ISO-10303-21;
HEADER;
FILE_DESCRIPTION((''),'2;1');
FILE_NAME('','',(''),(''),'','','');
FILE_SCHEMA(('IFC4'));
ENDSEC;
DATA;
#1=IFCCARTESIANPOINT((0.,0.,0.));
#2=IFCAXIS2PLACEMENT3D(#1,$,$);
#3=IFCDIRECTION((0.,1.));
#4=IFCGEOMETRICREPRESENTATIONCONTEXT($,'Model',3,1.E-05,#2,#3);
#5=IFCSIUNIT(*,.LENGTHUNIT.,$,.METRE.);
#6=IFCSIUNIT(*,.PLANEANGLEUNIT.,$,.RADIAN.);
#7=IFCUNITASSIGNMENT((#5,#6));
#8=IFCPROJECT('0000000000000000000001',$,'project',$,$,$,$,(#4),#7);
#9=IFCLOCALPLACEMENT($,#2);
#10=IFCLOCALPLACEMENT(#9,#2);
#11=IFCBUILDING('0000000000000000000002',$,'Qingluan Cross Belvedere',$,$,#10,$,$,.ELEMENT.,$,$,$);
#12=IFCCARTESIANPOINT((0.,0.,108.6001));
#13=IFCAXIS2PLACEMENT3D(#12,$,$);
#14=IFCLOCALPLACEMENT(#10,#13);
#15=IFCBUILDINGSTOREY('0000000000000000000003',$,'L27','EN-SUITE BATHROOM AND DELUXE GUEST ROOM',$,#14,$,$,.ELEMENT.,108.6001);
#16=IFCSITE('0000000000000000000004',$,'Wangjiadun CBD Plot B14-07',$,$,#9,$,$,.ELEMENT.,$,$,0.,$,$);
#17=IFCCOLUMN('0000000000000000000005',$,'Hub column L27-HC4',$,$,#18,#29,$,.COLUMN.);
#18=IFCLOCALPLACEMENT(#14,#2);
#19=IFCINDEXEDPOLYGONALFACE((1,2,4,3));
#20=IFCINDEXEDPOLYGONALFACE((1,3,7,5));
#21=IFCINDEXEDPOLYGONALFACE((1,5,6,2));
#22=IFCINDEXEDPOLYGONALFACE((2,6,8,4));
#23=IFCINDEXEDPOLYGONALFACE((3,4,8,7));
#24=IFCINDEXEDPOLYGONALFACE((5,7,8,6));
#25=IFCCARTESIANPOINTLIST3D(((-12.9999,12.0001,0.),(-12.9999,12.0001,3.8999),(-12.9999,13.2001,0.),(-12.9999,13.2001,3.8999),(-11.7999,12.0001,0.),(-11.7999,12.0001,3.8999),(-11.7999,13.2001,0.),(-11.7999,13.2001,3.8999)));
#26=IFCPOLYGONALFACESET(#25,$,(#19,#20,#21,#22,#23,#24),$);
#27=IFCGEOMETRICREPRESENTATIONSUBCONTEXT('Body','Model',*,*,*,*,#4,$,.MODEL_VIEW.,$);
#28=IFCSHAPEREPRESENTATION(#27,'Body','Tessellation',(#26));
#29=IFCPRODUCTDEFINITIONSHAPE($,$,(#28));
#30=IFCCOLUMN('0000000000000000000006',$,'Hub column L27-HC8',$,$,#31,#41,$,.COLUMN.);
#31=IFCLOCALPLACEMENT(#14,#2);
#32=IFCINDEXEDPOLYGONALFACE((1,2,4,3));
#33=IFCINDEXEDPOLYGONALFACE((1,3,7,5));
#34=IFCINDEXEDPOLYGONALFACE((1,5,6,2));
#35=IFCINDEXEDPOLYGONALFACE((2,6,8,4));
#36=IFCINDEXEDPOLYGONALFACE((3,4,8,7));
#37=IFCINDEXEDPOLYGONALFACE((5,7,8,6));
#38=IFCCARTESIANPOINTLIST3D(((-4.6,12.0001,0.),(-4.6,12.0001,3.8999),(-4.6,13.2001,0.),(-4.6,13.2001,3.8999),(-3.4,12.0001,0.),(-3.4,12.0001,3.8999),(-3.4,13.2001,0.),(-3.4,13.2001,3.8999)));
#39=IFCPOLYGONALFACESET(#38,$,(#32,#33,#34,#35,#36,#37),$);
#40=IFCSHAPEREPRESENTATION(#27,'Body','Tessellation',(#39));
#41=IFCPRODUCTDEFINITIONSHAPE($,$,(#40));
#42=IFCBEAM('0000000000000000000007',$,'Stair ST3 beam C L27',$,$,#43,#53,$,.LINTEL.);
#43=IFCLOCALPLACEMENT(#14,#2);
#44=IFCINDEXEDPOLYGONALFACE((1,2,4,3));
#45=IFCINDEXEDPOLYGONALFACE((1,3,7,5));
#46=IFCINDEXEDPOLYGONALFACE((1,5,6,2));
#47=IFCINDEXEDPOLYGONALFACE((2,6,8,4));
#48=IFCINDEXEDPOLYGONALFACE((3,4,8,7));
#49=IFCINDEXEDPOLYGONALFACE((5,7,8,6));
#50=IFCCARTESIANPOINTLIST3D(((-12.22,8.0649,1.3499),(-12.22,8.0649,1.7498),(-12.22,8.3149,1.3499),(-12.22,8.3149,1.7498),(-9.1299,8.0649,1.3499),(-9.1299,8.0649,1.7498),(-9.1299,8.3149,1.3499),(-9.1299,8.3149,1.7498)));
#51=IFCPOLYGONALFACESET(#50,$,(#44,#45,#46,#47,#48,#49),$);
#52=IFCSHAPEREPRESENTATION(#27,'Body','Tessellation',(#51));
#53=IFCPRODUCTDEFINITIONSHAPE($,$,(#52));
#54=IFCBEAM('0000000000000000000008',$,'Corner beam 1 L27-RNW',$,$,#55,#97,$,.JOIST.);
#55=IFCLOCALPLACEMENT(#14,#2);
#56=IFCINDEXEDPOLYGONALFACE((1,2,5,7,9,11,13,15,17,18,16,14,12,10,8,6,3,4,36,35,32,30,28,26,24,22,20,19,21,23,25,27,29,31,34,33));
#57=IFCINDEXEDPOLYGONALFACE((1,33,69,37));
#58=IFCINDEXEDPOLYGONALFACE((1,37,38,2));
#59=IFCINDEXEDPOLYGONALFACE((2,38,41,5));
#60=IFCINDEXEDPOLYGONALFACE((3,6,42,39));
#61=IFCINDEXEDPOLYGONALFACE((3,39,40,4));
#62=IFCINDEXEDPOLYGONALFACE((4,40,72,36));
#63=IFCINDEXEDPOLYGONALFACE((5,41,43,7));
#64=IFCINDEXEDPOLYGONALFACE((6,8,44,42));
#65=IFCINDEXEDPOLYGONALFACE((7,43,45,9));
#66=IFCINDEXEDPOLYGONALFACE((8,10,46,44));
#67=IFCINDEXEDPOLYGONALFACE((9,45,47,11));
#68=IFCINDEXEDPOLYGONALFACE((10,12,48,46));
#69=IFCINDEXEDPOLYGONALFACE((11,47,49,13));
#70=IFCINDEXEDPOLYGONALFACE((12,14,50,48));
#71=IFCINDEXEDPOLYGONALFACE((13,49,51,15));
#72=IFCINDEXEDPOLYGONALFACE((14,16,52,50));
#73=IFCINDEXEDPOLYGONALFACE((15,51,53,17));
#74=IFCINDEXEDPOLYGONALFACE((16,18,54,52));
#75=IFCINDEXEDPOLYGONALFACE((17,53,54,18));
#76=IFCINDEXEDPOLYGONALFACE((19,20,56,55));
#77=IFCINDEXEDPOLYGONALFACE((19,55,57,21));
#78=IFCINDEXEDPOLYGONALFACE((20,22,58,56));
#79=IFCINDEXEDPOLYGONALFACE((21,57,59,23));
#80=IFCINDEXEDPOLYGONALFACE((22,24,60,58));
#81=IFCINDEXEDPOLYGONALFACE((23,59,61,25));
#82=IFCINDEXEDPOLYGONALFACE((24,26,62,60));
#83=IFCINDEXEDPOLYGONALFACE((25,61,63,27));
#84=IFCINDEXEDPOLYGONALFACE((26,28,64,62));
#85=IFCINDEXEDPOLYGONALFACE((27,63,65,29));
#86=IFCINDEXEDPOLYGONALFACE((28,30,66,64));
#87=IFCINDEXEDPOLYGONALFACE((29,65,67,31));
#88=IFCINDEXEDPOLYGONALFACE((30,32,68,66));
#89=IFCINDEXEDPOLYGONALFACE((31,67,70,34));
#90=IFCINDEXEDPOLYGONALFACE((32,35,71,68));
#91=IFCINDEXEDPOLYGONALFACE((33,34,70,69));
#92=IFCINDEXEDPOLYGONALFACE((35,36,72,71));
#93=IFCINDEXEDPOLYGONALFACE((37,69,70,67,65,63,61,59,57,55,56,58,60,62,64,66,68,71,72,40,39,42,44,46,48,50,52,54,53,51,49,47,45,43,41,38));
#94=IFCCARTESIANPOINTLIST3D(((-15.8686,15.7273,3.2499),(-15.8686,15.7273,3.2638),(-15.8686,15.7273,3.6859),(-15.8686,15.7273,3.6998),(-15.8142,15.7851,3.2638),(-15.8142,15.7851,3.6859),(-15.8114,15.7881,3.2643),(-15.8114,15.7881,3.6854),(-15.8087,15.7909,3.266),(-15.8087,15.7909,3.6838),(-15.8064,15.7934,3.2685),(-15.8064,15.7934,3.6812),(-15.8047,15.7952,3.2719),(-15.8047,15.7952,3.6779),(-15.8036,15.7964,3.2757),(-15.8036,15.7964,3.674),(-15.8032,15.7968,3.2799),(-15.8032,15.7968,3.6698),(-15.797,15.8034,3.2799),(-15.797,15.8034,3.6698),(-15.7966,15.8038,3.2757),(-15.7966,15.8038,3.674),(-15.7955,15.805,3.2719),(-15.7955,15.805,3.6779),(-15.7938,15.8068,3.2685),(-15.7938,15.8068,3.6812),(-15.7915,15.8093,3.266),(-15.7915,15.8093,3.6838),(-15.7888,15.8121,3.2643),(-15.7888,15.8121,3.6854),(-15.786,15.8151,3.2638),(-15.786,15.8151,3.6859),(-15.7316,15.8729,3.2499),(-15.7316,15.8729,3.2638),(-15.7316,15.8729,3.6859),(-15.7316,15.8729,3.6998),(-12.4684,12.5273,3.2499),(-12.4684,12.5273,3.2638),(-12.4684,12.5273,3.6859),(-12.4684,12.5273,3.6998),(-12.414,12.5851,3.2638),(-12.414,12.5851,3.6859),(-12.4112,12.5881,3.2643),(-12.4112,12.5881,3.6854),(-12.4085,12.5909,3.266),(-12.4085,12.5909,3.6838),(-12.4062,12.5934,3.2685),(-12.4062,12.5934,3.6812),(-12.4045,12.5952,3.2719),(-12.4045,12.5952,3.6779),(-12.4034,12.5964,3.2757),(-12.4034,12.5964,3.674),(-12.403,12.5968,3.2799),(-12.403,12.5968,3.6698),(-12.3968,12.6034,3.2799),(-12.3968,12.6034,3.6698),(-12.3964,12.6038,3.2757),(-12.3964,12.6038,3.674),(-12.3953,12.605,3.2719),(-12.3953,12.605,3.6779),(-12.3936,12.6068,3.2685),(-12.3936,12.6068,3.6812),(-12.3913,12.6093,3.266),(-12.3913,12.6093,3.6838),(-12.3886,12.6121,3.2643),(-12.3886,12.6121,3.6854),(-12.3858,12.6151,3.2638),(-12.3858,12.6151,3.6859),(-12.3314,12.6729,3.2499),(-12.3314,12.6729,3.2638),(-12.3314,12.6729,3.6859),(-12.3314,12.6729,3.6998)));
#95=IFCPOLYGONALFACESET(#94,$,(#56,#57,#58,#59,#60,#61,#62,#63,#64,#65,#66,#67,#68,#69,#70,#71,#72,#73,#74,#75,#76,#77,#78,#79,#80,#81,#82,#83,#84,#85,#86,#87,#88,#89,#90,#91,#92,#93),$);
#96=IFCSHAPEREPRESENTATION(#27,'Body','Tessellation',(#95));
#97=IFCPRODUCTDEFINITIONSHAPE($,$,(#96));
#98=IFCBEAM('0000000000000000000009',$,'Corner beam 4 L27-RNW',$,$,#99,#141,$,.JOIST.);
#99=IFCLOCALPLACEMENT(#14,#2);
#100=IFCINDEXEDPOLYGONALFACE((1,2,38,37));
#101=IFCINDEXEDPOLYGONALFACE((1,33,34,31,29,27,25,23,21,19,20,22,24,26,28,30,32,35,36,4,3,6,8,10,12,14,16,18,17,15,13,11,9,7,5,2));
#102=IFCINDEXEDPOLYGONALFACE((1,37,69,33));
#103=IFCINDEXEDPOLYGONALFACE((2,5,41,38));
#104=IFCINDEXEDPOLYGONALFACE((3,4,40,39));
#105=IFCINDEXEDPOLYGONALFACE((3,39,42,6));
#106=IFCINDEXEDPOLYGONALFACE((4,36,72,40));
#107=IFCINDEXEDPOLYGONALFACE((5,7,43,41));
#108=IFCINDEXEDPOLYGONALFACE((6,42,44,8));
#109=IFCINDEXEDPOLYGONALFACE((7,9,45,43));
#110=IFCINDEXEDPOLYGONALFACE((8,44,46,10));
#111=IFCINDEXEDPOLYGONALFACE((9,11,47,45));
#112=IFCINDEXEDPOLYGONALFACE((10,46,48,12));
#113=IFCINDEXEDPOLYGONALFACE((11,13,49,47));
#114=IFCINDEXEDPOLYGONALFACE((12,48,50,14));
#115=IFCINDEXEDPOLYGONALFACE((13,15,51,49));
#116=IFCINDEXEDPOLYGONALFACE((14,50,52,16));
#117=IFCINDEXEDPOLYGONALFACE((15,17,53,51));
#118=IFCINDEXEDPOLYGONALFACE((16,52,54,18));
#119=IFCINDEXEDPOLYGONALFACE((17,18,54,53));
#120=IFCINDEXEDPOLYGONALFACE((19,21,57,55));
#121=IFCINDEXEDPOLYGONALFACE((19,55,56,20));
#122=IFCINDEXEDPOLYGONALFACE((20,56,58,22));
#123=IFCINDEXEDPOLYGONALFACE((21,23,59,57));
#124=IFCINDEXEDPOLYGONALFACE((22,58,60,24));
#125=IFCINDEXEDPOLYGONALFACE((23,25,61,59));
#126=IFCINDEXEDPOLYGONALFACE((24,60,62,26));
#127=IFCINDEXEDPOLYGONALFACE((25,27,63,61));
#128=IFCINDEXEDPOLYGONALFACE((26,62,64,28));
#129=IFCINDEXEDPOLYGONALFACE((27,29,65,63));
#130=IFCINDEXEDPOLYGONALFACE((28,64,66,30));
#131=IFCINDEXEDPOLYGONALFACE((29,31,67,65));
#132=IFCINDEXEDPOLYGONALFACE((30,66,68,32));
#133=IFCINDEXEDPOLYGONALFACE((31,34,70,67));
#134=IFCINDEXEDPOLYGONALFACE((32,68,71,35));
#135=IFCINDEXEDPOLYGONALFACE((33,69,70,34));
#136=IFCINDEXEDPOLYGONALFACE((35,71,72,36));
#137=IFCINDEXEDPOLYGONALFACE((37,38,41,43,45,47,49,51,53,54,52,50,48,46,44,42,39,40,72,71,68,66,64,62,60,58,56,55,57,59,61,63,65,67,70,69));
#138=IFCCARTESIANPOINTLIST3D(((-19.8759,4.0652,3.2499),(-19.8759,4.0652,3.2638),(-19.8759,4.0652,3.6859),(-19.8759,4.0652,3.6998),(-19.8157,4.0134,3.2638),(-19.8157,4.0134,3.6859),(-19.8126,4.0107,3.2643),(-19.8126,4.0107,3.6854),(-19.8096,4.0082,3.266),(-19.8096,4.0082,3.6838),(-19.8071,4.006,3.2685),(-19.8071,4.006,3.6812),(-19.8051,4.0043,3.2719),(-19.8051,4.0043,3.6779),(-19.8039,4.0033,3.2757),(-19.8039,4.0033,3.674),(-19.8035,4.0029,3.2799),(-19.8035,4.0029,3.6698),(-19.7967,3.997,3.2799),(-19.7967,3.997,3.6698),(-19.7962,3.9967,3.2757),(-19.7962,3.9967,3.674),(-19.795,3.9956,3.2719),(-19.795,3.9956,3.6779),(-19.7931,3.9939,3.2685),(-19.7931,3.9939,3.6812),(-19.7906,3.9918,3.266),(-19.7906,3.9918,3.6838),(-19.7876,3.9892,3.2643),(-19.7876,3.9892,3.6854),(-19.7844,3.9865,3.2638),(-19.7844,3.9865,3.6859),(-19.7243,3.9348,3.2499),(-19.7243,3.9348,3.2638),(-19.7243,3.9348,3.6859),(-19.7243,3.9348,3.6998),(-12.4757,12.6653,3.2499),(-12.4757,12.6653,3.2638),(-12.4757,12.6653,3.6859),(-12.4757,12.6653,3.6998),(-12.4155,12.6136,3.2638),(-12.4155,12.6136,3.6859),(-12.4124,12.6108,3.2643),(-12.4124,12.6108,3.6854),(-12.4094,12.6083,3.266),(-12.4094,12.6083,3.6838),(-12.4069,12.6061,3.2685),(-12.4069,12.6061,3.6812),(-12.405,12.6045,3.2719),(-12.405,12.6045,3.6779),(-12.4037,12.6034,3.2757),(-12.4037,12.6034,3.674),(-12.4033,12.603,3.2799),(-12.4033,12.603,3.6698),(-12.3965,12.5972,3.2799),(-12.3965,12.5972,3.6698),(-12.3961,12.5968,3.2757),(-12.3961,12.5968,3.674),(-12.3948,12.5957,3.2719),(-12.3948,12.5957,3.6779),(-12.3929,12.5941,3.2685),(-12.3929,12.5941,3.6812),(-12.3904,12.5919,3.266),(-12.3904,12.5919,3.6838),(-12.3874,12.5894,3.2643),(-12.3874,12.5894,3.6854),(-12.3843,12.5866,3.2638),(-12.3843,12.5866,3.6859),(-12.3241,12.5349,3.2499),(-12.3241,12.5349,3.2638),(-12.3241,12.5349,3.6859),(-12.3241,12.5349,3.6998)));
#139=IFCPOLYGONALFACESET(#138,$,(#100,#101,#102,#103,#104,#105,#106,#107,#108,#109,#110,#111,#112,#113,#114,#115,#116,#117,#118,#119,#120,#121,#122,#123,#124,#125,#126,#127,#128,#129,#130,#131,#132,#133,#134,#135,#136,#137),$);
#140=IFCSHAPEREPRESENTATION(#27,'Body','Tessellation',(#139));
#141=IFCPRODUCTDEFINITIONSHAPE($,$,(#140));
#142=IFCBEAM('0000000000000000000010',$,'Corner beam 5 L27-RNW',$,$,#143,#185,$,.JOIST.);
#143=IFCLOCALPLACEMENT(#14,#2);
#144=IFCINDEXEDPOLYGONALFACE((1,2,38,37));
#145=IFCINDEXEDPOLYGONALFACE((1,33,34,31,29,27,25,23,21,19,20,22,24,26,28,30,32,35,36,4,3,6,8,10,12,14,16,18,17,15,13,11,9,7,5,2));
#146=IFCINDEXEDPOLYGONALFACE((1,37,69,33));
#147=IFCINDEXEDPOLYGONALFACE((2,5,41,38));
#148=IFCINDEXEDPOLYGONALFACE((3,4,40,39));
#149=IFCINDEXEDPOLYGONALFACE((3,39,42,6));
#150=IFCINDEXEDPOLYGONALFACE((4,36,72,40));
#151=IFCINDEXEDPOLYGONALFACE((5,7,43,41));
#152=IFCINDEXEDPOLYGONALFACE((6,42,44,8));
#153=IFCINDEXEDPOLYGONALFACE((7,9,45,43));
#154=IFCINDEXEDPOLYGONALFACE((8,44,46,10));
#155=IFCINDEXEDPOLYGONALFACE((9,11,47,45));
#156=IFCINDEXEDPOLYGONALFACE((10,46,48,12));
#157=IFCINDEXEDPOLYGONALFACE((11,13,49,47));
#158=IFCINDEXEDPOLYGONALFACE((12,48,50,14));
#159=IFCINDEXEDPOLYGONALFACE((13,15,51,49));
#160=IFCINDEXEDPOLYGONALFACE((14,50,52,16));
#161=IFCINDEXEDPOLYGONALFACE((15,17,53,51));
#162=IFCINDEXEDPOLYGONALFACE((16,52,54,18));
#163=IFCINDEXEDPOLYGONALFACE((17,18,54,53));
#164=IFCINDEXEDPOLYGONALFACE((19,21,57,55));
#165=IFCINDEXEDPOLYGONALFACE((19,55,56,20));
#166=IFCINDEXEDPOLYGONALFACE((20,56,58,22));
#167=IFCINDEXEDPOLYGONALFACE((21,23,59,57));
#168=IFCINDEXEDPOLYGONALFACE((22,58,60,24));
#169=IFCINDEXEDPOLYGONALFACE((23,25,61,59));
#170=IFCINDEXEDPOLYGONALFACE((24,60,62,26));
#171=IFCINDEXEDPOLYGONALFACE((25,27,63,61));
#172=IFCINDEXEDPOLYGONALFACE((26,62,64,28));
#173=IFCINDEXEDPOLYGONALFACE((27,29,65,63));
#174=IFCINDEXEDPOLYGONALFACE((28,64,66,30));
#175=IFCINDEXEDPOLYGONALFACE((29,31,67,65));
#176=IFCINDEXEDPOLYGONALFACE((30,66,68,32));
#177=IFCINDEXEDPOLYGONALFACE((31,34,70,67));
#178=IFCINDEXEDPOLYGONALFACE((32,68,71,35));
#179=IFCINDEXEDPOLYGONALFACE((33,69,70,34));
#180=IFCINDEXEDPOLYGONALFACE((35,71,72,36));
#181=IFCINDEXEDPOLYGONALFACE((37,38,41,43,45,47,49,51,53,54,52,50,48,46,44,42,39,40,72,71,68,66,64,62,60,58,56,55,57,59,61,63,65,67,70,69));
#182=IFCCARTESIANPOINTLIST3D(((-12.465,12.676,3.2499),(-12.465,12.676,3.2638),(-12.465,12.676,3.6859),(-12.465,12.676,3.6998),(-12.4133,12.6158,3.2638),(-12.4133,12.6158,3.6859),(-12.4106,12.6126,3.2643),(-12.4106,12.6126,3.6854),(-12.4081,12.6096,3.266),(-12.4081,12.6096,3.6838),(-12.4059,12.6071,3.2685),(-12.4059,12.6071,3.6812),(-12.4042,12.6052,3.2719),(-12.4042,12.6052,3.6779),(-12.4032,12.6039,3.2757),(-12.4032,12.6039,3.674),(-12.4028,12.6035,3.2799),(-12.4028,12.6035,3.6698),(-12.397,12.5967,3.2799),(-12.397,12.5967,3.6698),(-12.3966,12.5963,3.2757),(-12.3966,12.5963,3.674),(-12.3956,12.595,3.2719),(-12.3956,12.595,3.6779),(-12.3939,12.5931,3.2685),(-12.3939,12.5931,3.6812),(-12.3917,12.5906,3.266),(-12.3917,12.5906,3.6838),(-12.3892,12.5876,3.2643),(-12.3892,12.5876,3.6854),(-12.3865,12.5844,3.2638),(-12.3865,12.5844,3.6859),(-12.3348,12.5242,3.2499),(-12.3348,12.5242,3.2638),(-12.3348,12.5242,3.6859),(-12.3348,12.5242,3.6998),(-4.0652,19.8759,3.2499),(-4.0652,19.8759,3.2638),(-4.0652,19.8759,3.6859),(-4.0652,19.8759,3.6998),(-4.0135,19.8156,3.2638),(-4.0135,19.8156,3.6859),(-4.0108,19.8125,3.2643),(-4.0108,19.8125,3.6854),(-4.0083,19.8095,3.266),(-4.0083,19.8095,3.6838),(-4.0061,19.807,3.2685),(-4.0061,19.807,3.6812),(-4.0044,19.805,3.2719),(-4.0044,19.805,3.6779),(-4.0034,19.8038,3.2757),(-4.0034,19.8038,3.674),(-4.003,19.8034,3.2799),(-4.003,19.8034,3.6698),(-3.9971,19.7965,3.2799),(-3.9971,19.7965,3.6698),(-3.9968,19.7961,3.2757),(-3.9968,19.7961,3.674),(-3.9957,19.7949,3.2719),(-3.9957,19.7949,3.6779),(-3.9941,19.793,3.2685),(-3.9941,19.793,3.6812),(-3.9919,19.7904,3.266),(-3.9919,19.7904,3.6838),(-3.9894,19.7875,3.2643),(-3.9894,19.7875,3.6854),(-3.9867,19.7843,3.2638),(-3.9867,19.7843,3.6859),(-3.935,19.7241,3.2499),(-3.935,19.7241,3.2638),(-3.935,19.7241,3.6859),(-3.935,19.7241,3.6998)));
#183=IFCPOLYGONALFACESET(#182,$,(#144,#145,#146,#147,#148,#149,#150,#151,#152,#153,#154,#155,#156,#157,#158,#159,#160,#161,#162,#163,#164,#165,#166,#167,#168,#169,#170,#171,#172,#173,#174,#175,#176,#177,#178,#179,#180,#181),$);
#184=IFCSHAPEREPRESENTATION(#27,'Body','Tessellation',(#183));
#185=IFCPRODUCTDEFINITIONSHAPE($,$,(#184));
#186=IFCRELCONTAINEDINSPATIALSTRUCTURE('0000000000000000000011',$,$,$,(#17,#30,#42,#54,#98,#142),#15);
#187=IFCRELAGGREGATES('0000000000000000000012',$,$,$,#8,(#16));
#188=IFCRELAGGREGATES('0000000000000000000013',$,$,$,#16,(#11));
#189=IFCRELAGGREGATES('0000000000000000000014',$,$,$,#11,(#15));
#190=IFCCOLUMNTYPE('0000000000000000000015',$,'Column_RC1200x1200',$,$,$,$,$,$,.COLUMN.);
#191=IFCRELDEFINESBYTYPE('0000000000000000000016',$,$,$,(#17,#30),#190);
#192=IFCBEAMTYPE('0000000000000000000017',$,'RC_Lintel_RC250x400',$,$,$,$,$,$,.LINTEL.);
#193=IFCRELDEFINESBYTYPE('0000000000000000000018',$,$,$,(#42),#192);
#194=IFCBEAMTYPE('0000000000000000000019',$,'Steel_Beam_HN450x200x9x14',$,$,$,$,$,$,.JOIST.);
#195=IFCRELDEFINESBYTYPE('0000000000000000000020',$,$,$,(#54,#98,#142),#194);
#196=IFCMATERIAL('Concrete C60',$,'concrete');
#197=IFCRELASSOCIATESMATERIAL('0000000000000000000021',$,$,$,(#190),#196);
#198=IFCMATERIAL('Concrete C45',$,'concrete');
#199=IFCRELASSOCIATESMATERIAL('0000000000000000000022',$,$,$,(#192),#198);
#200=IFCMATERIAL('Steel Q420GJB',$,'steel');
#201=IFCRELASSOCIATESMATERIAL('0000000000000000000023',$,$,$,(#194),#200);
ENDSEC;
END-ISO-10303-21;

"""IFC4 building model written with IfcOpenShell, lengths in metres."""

from ifc_helpers import new_model, si_unit, direction, frame, origin, origin_2d, place, context, subcontext, project, spatial, rectangle, i_section, extrude, material, material_profile, profile_set, type_object, element, save


model = new_model("IFC4")

# Units and contexts
model_context = context("Model", 3, precision=1e-05, world=origin(), true_north=direction((0.0, 1.0)))
body_context = subcontext(model_context, "Body", "Model", "MODEL_VIEW")
ifc_project = project(units=[si_unit("LENGTHUNIT", "METRE"), si_unit("PLANEANGLEUNIT", "RADIAN")], contexts=[model_context])

# Site, building, storey
site_placement = place(None, origin())
site = spatial("IfcSite", under=ifc_project, at=site_placement, Name="Wangjiadun CBD Plot B14-07", CompositionType="ELEMENT", RefElevation=0.0)
building_placement = place(site_placement, origin())
building = spatial("IfcBuilding", under=site, at=building_placement, Name="Qingluan Cross Belvedere", CompositionType="ELEMENT")
storey_placement = place(building_placement, frame((0.0, 0.0, 108.6001)))
storey = spatial("IfcBuildingStorey", under=building, at=storey_placement, Name="L27", Description="EN-SUITE BATHROOM AND DELUXE GUEST ROOM", CompositionType="ELEMENT", Elevation=108.6001)

# Columns
ifc_material_1 = material(Name="Concrete C60", Category="concrete")
ifc_material_profile_1 = material_profile(ifc_material_1, rectangle(XDim=1.2, YDim=1.2, at=origin_2d()), Name="RC1200x1200")
ifc_profile_set_1 = profile_set([ifc_material_profile_1], Name="Concrete C60")
column_type = type_object("IfcColumnType", Name="Column_RC1200x1200", PredefinedType="COLUMN", material=ifc_profile_set_1)
for number, where, z_axis, x_axis, name in (
    (1, (-12.3999, 12.6001, 0.0), (0.0, 0.0, 1.0), (1.0, 0.0, 0.0), "Hub column L27-HC4"),
    (2, (-4.0, 12.6001, 0.0), (0.0, 0.0, 1.0), (1.0, 0.0, 0.0), "Hub column L27-HC8"),
):
    element("IfcColumn", number, at=place(storey_placement, frame(where, z_axis=z_axis, x_axis=x_axis)), inside=storey, type_object=column_type, Name=name, PredefinedType="COLUMN", context=body_context, shape_type="SweptSolid", body=[
        extrude(rectangle(XDim=1.2, YDim=1.2, at=origin_2d()), origin(), (0.0, 0.0, 1.0), 3.8999),
    ])

# Beams
ifc_material_2 = material(Name="Concrete C45", Category="concrete")
ifc_material_profile_2 = material_profile(ifc_material_2, rectangle(XDim=0.25, YDim=0.3999, at=origin_2d()), Name="RC250x400")
ifc_profile_set_2 = profile_set([ifc_material_profile_2], Name="Concrete C45")
beam_type_1 = type_object("IfcBeamType", Name="RC_Lintel_RC250x400", PredefinedType="LINTEL", material=ifc_profile_set_2)
beam_1_placement = place(storey_placement, frame((-12.22, 8.1899, 1.5498), z_axis=(1.0, 0.0, 0.0), x_axis=(0.0, 1.0, 0.0)))
element("IfcBeam", 3, at=beam_1_placement, inside=storey, type_object=beam_type_1, Name="Stair ST3 beam C L27", PredefinedType="LINTEL", context=body_context, shape_type="SweptSolid", body=[
    extrude(rectangle(XDim=0.25, YDim=0.3999, at=origin_2d()), origin(), (0.0, 0.0, 1.0), 3.0901),
])
ifc_material_3 = material(Name="Steel Q420GJB", Category="steel")
ifc_material_profile_3 = material_profile(ifc_material_3, i_section(OverallWidth=0.2, OverallDepth=0.45, WebThickness=0.009, FlangeThickness=0.0139, FilletRadius=0.0161, at=origin_2d()), Name="HN450x200x9x14")
ifc_profile_set_3 = profile_set([ifc_material_profile_3], Name="Steel Q420GJB")
beam_type_2 = type_object("IfcBeamType", Name="Steel_Beam_HN450x200x9x14", PredefinedType="JOIST", material=ifc_profile_set_3)
beam_2_placement = place(storey_placement, frame((-12.3999, 12.6001, 3.4749), z_axis=(-0.72822, 0.685343, 0.0), x_axis=(-0.685343, -0.72822, 0.0)))
element("IfcBeam", 4, at=beam_2_placement, inside=storey, type_object=beam_type_2, Name="Corner beam 1 L27-RNW", PredefinedType="JOIST", context=body_context, shape_type="SweptSolid", body=[
    extrude(i_section(OverallWidth=0.2, OverallDepth=0.45, WebThickness=0.009, FlangeThickness=0.0139, FilletRadius=0.0161, at=origin_2d()), origin(), (0.0, 0.0, 1.0), 4.6692),
])
beam_3_placement = place(storey_placement, frame((-12.3999, 12.6001, 3.4749), z_axis=(-0.652245, -0.758008, 0.0), x_axis=(0.758008, -0.652245, 0.0)))
element("IfcBeam", 5, at=beam_3_placement, inside=storey, type_object=beam_type_2, Name="Corner beam 4 L27-RNW", PredefinedType="JOIST", context=body_context, shape_type="SweptSolid", body=[
    extrude(i_section(OverallWidth=0.2, OverallDepth=0.45, WebThickness=0.009, FlangeThickness=0.0139, FilletRadius=0.0161, at=origin_2d()), origin(), (0.0, 0.0, 1.0), 11.3457),
])
beam_4_placement = place(storey_placement, frame((-12.3999, 12.6001, 3.4749), z_axis=(0.759255, 0.650793, 0.0), x_axis=(-0.650793, 0.759255, 0.0)))
element("IfcBeam", 6, at=beam_4_placement, inside=storey, type_object=beam_type_2, Name="Corner beam 5 L27-RNW", PredefinedType="JOIST", context=body_context, shape_type="SweptSolid", body=[
    extrude(i_section(OverallWidth=0.2, OverallDepth=0.45, WebThickness=0.009, FlangeThickness=0.0139, FilletRadius=0.0161, at=origin_2d()), origin(), (0.0, 0.0, 1.0), 11.0632),
])

save(model, "model.ifc")
